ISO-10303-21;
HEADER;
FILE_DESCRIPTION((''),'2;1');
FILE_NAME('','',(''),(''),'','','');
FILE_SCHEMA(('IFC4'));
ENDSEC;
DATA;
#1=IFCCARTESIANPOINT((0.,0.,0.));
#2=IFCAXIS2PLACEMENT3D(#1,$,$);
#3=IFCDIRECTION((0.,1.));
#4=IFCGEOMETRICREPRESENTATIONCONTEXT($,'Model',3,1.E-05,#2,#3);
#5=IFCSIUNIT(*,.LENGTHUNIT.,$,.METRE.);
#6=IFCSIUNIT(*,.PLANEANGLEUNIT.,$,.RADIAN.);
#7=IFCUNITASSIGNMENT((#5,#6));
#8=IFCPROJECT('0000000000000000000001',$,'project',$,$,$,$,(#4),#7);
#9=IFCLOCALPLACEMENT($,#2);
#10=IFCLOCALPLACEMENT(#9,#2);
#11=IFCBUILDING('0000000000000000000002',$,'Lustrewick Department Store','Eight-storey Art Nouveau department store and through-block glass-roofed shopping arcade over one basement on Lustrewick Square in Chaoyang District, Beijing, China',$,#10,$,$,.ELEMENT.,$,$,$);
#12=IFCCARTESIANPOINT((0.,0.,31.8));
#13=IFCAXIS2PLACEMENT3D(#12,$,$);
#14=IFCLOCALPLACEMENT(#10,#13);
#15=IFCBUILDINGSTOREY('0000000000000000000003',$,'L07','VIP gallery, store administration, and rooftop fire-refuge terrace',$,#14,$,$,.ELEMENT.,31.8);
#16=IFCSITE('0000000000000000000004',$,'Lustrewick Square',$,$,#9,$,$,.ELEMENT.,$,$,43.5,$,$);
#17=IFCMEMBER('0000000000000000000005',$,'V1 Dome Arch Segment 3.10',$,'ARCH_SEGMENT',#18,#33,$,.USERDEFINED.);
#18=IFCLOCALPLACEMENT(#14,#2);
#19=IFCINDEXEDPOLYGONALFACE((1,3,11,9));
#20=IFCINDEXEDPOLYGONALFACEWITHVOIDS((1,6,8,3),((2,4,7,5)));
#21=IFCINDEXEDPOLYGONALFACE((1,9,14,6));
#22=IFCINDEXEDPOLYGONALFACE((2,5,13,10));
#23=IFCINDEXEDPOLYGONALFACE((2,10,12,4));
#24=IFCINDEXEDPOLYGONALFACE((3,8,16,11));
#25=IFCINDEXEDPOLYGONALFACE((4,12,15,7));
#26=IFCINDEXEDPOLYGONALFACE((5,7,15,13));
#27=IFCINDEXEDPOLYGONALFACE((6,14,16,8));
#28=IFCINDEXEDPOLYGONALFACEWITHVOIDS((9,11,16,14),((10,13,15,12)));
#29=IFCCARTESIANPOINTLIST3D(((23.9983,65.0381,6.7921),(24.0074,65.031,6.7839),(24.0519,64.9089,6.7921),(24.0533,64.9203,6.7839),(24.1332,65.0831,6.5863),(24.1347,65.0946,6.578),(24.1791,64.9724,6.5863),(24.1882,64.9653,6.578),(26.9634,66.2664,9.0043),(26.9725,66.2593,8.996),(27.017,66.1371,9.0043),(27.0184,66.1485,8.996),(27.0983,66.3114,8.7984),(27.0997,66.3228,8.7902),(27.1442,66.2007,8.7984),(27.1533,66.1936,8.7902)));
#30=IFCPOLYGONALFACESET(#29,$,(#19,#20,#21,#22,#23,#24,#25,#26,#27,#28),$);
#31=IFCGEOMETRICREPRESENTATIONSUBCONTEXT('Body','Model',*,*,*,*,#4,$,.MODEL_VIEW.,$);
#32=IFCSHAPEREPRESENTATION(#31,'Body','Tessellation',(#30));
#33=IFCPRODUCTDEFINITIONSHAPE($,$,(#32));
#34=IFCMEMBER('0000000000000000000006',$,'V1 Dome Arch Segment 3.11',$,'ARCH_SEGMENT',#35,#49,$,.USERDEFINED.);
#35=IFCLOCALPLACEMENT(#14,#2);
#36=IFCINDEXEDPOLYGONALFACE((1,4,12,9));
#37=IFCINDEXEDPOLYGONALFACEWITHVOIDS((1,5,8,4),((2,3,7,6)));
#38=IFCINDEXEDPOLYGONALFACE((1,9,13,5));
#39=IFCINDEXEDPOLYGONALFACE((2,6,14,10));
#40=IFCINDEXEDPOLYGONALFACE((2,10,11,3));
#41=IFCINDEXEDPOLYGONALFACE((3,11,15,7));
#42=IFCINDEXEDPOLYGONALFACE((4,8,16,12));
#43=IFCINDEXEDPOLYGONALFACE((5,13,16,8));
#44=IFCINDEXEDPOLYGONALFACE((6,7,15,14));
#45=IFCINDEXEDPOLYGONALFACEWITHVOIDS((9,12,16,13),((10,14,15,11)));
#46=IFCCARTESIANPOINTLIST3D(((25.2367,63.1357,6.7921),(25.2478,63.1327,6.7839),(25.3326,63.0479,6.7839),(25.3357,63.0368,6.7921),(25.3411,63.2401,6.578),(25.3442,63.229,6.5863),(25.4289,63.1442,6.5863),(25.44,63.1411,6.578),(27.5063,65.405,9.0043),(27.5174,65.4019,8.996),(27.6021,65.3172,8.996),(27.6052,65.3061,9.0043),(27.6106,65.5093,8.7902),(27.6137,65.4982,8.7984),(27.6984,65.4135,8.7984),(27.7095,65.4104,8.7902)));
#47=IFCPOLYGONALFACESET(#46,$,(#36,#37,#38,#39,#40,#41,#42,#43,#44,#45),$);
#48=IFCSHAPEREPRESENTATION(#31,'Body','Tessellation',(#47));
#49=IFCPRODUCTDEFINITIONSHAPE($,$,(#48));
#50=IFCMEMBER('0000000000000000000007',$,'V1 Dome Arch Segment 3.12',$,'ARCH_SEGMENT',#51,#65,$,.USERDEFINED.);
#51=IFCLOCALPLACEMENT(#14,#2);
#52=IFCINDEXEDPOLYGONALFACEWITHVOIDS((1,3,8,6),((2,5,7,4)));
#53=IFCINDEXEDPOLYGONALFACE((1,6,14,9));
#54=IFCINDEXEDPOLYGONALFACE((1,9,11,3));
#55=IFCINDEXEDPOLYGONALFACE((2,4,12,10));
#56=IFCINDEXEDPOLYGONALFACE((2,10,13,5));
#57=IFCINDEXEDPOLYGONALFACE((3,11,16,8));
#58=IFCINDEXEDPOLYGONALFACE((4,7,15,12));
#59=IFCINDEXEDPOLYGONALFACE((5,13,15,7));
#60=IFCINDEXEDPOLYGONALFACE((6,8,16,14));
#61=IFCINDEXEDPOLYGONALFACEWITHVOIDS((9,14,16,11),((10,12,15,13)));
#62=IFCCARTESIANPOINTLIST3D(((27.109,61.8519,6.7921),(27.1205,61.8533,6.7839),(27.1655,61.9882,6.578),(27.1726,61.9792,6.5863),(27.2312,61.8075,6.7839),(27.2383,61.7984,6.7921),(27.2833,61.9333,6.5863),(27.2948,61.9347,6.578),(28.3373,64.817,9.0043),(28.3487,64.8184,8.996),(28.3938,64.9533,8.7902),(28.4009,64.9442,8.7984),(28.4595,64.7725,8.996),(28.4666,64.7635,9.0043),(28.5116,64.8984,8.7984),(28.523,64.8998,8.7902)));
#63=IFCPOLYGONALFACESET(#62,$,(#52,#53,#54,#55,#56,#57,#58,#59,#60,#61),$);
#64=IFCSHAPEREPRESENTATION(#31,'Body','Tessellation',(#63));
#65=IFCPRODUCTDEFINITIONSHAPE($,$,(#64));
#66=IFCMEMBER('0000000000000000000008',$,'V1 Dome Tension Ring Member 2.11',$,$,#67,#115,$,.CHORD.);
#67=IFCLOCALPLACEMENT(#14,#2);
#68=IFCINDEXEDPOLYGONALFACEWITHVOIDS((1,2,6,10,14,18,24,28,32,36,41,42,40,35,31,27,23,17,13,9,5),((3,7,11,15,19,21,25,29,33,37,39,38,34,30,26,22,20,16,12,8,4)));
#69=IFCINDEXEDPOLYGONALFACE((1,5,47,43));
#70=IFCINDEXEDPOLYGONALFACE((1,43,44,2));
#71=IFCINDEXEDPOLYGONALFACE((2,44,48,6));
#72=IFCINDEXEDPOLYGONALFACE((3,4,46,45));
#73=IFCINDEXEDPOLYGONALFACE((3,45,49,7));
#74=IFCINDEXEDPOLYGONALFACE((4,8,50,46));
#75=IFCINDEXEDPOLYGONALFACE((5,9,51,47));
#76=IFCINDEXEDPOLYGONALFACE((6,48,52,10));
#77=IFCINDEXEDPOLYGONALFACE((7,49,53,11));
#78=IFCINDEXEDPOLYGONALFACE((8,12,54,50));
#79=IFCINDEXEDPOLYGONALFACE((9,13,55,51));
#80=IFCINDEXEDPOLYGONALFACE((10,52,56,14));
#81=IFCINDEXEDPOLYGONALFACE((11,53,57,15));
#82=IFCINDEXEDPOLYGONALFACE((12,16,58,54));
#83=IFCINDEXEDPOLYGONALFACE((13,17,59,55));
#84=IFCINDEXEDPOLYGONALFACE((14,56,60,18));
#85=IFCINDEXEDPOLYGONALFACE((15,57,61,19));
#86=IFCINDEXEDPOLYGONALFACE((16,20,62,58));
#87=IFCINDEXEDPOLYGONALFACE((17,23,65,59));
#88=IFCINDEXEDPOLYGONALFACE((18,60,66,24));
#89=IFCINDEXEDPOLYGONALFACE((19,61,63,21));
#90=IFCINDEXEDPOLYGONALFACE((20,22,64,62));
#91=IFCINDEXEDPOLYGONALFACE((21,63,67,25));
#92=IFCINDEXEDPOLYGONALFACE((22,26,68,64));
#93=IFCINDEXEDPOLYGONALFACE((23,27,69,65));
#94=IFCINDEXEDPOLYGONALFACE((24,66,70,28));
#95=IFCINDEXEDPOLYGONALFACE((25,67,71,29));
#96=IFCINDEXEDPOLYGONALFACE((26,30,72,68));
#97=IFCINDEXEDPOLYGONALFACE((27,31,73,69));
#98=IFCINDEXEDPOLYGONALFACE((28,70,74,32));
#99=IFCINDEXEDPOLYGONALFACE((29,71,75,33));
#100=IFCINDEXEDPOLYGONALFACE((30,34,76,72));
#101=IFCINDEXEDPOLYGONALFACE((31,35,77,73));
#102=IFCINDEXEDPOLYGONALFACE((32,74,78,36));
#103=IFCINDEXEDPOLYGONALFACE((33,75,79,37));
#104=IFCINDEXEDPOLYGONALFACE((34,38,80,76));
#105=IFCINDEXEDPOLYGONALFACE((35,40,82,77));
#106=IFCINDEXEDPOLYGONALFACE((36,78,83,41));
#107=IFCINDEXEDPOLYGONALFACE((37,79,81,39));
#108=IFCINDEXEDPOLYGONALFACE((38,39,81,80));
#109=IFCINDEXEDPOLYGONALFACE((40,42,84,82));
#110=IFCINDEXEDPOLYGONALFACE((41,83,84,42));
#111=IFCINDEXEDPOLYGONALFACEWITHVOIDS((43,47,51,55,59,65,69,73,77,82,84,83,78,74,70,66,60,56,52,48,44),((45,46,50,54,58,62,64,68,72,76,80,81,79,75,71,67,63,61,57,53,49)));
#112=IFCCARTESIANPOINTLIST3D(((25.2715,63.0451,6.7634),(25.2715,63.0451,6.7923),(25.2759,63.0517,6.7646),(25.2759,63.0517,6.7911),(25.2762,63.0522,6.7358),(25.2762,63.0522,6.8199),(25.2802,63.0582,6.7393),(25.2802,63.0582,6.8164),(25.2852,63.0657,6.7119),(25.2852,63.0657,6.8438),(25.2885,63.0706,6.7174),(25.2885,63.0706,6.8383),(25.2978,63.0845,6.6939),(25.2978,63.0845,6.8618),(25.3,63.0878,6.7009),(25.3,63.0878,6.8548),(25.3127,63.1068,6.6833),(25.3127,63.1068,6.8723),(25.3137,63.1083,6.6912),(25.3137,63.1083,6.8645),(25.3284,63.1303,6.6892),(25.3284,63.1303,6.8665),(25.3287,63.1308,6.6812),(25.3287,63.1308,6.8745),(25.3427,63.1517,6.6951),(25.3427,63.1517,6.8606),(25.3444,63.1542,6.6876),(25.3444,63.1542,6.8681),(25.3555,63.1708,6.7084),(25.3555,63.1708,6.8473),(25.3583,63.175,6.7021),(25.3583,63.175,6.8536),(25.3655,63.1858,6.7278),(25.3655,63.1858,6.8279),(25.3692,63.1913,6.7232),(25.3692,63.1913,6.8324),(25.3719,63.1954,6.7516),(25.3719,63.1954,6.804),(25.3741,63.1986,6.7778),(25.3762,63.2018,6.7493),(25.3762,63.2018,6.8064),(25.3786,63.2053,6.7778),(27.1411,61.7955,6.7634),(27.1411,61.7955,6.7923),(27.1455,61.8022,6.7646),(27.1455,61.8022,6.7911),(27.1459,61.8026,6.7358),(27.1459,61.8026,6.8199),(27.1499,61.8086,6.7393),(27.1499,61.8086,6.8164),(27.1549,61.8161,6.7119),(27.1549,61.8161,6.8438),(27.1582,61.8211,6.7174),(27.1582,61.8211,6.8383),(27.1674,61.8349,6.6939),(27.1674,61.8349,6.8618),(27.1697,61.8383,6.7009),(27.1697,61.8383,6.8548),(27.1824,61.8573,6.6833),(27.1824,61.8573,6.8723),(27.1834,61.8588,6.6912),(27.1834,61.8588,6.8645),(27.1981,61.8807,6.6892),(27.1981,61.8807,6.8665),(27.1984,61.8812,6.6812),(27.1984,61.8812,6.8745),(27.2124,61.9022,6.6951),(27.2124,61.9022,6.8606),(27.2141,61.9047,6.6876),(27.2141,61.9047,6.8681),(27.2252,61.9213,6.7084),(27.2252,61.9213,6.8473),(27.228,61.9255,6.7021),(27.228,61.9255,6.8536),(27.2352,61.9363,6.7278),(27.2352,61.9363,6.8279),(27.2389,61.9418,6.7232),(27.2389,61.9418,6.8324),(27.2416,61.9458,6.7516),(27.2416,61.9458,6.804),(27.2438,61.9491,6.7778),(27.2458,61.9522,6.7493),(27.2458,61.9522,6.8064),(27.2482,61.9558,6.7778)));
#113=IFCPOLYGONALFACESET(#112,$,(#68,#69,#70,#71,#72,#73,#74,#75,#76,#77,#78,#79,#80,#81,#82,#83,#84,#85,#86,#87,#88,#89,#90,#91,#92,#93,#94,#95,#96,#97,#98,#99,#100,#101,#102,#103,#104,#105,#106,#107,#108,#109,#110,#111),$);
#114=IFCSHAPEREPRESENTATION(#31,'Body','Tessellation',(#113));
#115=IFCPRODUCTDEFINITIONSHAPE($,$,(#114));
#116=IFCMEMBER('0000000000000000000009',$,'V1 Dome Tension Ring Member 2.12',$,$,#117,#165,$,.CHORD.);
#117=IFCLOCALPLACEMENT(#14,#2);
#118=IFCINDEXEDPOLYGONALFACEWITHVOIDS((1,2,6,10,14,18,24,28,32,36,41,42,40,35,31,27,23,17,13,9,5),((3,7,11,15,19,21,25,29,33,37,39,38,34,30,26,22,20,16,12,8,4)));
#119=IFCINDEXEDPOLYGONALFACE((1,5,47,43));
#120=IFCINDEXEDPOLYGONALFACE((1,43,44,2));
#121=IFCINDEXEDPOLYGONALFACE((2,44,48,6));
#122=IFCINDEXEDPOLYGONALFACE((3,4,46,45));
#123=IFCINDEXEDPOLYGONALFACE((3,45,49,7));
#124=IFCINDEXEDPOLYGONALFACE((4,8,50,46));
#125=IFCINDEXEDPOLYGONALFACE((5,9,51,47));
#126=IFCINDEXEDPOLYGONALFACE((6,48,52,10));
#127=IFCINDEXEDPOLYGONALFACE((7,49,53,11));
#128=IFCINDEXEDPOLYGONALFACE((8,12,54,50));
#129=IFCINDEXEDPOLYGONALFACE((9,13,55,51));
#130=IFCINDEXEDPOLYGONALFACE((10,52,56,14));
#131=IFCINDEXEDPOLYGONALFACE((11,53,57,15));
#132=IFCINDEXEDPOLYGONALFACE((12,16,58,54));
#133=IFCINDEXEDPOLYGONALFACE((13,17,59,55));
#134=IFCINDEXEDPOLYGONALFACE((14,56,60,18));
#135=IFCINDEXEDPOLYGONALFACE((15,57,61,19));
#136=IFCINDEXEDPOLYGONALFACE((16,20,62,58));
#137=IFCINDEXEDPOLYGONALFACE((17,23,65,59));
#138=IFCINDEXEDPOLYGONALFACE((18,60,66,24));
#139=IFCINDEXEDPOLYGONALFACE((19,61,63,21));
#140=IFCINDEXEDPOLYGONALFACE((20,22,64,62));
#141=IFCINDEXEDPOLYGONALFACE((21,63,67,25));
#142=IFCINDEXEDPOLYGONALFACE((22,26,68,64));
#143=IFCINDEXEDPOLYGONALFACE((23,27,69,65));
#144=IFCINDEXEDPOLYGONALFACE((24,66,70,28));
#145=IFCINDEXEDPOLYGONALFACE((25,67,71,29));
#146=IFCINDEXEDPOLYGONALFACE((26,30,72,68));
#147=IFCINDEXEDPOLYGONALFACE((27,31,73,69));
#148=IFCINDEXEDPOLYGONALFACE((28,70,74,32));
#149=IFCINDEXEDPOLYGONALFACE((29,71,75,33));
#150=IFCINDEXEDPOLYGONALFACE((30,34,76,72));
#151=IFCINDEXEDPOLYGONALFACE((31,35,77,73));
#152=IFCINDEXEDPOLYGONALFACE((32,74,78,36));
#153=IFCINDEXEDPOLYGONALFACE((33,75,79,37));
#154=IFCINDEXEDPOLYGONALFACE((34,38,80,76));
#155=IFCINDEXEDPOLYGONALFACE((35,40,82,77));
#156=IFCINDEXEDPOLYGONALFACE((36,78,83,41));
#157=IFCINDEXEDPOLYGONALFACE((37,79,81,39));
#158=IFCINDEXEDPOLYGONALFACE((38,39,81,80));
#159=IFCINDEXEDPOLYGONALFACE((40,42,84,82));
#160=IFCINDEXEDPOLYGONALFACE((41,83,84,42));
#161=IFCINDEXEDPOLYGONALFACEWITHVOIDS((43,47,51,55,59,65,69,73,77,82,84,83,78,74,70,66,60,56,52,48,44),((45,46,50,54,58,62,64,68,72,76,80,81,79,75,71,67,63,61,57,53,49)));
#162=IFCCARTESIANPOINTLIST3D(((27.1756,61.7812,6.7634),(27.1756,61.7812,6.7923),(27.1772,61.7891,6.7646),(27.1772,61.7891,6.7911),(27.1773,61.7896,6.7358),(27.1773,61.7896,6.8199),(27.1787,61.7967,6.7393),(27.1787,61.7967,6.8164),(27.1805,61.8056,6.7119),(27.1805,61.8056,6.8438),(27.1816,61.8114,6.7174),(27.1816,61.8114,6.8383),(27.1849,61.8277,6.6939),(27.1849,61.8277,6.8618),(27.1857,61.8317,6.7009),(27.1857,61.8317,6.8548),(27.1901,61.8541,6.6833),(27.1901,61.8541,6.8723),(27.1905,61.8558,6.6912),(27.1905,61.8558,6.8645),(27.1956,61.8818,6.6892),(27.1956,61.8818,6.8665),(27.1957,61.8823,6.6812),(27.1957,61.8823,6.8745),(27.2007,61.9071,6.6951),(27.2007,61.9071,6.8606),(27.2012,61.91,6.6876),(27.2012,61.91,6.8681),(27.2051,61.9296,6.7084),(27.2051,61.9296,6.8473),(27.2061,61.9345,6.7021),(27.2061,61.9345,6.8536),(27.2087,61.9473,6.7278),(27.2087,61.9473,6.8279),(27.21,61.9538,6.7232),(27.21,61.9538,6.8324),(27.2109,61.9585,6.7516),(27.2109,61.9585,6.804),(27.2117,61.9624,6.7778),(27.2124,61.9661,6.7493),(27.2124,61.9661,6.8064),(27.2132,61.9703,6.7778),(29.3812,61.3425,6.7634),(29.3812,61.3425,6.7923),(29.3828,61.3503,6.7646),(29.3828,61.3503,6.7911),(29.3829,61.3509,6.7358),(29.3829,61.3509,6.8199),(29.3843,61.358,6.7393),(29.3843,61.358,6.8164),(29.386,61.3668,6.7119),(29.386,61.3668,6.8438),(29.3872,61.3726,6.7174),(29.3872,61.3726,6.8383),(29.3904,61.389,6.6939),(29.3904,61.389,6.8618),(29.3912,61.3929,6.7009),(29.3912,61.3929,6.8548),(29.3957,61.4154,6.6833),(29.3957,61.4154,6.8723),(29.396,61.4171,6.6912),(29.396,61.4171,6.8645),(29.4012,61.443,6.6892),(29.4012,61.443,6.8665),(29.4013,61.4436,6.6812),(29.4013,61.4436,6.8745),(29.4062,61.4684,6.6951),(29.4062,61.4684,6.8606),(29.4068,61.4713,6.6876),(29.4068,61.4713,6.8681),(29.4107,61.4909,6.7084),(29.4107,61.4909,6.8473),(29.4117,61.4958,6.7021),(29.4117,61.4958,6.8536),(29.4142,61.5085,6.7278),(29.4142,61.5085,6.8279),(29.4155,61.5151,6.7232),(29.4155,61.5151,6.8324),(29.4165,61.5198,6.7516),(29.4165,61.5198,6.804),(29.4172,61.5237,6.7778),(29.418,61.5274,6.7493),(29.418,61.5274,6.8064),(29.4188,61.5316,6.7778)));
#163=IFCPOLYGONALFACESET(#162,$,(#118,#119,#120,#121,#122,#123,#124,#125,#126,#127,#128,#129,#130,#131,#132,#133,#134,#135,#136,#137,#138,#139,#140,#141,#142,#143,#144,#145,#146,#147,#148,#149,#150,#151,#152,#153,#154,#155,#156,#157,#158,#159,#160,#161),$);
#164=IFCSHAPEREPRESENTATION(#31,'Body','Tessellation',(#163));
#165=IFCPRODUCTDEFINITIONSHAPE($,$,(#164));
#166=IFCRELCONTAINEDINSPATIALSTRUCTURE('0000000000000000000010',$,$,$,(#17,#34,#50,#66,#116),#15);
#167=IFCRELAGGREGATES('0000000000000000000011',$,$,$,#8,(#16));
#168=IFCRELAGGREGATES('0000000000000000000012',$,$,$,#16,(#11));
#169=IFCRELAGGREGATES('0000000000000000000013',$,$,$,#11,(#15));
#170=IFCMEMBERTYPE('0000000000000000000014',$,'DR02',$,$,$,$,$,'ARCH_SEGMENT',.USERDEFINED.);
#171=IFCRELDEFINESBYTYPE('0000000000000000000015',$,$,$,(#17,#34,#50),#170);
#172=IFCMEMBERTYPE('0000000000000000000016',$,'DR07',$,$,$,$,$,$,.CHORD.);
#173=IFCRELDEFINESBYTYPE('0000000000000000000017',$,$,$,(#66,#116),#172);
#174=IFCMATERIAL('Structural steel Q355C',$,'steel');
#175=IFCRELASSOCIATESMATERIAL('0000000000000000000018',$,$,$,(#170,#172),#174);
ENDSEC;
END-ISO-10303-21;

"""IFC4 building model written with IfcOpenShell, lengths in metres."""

from ifc_helpers import new_model, si_unit, direction, frame, origin, origin_2d, place, context, subcontext, project, spatial, hollow_rectangle, hollow_circle, extrude, material, material_profile, profile_set, type_object, element, save


model = new_model("IFC4")

# Units and contexts
model_context = context("Model", 3, precision=1e-05, world=origin(), true_north=direction((0.0, 1.0)))
body_context = subcontext(model_context, "Body", "Model", "MODEL_VIEW")
ifc_project = project(units=[si_unit("LENGTHUNIT", "METRE"), si_unit("PLANEANGLEUNIT", "RADIAN")], contexts=[model_context])

# Site, building, storey
site_placement = place(None, origin())
site = spatial("IfcSite", under=ifc_project, at=site_placement, Name="Lustrewick Square", CompositionType="ELEMENT", RefElevation=43.5)
building_placement = place(site_placement, origin())
building = spatial("IfcBuilding", under=site, at=building_placement, Name="Lustrewick Department Store", Description="Eight-storey Art Nouveau department store and through-block glass-roofed shopping arcade over one basement on Lustrewick Square in Chaoyang District, Beijing, China", CompositionType="ELEMENT")
storey_placement = place(building_placement, frame((0.0, 0.0, 31.8)))
storey = spatial("IfcBuildingStorey", under=building, at=storey_placement, Name="L07", Description="VIP gallery, store administration, and rooftop fire-refuge terrace", CompositionType="ELEMENT", Elevation=31.8)

# Members
ifc_material_1 = material(Name="Structural steel Q355C", Category="steel")
ifc_material_profile_1 = material_profile(ifc_material_1, hollow_rectangle(XDim=0.1399, YDim=0.26, WallThickness=0.01, at=origin_2d()), Name="RHS 260x140x10")
ifc_profile_set_1 = profile_set([ifc_material_profile_1], Name="Structural steel Q355C")
member_type_1 = type_object("IfcMemberType", Name="DR02", ElementType="ARCH_SEGMENT", PredefinedType="USERDEFINED", material=ifc_profile_set_1)
for number, where, z_axis, x_axis, name in (
    (1, (24.0933, 65.0017, 6.6851), (0.760678, 0.315107, 0.567518), (-0.382708, 0.923869, 0.0), "V1 Dome Arch Segment 3.10"),
    (2, (25.3384, 63.1384, 6.6851), (0.582236, 0.582173, 0.567517), (-0.707069, 0.707145, 0.0), "V1 Dome Arch Segment 3.11"),
    (3, (27.2019, 61.8933, 6.6851), (0.315107, 0.760678, 0.567518), (-0.923869, 0.382708, 0.0), "V1 Dome Arch Segment 3.12"),
):
    element("IfcMember", number, at=place(storey_placement, frame(where, z_axis=z_axis, x_axis=x_axis)), inside=storey, type_object=member_type_1, Name=name, ObjectType="ARCH_SEGMENT", PredefinedType="USERDEFINED", context=body_context, shape_type="SweptSolid", body=[
        extrude(hollow_rectangle(XDim=0.1399, YDim=0.26, WallThickness=0.01, at=origin_2d()), origin(), (0.0, 0.0, 1.0), 3.8979),
    ])
ifc_material_profile_2 = material_profile(ifc_material_1, hollow_circle(Radius=0.0969, WallThickness=0.0081, at=origin_2d()), Name="CHS 194x8")
ifc_profile_set_2 = profile_set([ifc_material_profile_2], Name="Structural steel Q355C")
member_type_2 = type_object("IfcMemberType", Name="DR07", PredefinedType="CHORD", material=ifc_profile_set_2)
for number, where, z_axis, x_axis, name in (
    (4, (25.3247, 63.1248, 6.7778), (0.831415, -0.555652, 0.0), (0.555652, 0.831415, 0.0), "V1 Dome Tension Ring Member 2.11"),
    (5, (27.1943, 61.8752, 6.7778), (0.980785, -0.195093, 0.0), (0.195093, 0.980785, 0.0), "V1 Dome Tension Ring Member 2.12"),
):
    element("IfcMember", number, at=place(storey_placement, frame(where, z_axis=z_axis, x_axis=x_axis)), inside=storey, type_object=member_type_2, Name=name, PredefinedType="CHORD", context=body_context, shape_type="SweptSolid", body=[
        extrude(hollow_circle(Radius=0.0969, WallThickness=0.0081, at=origin_2d()), origin(), (0.0, 0.0, 1.0), 2.2488),
    ])

save(model, "model.ifc")
